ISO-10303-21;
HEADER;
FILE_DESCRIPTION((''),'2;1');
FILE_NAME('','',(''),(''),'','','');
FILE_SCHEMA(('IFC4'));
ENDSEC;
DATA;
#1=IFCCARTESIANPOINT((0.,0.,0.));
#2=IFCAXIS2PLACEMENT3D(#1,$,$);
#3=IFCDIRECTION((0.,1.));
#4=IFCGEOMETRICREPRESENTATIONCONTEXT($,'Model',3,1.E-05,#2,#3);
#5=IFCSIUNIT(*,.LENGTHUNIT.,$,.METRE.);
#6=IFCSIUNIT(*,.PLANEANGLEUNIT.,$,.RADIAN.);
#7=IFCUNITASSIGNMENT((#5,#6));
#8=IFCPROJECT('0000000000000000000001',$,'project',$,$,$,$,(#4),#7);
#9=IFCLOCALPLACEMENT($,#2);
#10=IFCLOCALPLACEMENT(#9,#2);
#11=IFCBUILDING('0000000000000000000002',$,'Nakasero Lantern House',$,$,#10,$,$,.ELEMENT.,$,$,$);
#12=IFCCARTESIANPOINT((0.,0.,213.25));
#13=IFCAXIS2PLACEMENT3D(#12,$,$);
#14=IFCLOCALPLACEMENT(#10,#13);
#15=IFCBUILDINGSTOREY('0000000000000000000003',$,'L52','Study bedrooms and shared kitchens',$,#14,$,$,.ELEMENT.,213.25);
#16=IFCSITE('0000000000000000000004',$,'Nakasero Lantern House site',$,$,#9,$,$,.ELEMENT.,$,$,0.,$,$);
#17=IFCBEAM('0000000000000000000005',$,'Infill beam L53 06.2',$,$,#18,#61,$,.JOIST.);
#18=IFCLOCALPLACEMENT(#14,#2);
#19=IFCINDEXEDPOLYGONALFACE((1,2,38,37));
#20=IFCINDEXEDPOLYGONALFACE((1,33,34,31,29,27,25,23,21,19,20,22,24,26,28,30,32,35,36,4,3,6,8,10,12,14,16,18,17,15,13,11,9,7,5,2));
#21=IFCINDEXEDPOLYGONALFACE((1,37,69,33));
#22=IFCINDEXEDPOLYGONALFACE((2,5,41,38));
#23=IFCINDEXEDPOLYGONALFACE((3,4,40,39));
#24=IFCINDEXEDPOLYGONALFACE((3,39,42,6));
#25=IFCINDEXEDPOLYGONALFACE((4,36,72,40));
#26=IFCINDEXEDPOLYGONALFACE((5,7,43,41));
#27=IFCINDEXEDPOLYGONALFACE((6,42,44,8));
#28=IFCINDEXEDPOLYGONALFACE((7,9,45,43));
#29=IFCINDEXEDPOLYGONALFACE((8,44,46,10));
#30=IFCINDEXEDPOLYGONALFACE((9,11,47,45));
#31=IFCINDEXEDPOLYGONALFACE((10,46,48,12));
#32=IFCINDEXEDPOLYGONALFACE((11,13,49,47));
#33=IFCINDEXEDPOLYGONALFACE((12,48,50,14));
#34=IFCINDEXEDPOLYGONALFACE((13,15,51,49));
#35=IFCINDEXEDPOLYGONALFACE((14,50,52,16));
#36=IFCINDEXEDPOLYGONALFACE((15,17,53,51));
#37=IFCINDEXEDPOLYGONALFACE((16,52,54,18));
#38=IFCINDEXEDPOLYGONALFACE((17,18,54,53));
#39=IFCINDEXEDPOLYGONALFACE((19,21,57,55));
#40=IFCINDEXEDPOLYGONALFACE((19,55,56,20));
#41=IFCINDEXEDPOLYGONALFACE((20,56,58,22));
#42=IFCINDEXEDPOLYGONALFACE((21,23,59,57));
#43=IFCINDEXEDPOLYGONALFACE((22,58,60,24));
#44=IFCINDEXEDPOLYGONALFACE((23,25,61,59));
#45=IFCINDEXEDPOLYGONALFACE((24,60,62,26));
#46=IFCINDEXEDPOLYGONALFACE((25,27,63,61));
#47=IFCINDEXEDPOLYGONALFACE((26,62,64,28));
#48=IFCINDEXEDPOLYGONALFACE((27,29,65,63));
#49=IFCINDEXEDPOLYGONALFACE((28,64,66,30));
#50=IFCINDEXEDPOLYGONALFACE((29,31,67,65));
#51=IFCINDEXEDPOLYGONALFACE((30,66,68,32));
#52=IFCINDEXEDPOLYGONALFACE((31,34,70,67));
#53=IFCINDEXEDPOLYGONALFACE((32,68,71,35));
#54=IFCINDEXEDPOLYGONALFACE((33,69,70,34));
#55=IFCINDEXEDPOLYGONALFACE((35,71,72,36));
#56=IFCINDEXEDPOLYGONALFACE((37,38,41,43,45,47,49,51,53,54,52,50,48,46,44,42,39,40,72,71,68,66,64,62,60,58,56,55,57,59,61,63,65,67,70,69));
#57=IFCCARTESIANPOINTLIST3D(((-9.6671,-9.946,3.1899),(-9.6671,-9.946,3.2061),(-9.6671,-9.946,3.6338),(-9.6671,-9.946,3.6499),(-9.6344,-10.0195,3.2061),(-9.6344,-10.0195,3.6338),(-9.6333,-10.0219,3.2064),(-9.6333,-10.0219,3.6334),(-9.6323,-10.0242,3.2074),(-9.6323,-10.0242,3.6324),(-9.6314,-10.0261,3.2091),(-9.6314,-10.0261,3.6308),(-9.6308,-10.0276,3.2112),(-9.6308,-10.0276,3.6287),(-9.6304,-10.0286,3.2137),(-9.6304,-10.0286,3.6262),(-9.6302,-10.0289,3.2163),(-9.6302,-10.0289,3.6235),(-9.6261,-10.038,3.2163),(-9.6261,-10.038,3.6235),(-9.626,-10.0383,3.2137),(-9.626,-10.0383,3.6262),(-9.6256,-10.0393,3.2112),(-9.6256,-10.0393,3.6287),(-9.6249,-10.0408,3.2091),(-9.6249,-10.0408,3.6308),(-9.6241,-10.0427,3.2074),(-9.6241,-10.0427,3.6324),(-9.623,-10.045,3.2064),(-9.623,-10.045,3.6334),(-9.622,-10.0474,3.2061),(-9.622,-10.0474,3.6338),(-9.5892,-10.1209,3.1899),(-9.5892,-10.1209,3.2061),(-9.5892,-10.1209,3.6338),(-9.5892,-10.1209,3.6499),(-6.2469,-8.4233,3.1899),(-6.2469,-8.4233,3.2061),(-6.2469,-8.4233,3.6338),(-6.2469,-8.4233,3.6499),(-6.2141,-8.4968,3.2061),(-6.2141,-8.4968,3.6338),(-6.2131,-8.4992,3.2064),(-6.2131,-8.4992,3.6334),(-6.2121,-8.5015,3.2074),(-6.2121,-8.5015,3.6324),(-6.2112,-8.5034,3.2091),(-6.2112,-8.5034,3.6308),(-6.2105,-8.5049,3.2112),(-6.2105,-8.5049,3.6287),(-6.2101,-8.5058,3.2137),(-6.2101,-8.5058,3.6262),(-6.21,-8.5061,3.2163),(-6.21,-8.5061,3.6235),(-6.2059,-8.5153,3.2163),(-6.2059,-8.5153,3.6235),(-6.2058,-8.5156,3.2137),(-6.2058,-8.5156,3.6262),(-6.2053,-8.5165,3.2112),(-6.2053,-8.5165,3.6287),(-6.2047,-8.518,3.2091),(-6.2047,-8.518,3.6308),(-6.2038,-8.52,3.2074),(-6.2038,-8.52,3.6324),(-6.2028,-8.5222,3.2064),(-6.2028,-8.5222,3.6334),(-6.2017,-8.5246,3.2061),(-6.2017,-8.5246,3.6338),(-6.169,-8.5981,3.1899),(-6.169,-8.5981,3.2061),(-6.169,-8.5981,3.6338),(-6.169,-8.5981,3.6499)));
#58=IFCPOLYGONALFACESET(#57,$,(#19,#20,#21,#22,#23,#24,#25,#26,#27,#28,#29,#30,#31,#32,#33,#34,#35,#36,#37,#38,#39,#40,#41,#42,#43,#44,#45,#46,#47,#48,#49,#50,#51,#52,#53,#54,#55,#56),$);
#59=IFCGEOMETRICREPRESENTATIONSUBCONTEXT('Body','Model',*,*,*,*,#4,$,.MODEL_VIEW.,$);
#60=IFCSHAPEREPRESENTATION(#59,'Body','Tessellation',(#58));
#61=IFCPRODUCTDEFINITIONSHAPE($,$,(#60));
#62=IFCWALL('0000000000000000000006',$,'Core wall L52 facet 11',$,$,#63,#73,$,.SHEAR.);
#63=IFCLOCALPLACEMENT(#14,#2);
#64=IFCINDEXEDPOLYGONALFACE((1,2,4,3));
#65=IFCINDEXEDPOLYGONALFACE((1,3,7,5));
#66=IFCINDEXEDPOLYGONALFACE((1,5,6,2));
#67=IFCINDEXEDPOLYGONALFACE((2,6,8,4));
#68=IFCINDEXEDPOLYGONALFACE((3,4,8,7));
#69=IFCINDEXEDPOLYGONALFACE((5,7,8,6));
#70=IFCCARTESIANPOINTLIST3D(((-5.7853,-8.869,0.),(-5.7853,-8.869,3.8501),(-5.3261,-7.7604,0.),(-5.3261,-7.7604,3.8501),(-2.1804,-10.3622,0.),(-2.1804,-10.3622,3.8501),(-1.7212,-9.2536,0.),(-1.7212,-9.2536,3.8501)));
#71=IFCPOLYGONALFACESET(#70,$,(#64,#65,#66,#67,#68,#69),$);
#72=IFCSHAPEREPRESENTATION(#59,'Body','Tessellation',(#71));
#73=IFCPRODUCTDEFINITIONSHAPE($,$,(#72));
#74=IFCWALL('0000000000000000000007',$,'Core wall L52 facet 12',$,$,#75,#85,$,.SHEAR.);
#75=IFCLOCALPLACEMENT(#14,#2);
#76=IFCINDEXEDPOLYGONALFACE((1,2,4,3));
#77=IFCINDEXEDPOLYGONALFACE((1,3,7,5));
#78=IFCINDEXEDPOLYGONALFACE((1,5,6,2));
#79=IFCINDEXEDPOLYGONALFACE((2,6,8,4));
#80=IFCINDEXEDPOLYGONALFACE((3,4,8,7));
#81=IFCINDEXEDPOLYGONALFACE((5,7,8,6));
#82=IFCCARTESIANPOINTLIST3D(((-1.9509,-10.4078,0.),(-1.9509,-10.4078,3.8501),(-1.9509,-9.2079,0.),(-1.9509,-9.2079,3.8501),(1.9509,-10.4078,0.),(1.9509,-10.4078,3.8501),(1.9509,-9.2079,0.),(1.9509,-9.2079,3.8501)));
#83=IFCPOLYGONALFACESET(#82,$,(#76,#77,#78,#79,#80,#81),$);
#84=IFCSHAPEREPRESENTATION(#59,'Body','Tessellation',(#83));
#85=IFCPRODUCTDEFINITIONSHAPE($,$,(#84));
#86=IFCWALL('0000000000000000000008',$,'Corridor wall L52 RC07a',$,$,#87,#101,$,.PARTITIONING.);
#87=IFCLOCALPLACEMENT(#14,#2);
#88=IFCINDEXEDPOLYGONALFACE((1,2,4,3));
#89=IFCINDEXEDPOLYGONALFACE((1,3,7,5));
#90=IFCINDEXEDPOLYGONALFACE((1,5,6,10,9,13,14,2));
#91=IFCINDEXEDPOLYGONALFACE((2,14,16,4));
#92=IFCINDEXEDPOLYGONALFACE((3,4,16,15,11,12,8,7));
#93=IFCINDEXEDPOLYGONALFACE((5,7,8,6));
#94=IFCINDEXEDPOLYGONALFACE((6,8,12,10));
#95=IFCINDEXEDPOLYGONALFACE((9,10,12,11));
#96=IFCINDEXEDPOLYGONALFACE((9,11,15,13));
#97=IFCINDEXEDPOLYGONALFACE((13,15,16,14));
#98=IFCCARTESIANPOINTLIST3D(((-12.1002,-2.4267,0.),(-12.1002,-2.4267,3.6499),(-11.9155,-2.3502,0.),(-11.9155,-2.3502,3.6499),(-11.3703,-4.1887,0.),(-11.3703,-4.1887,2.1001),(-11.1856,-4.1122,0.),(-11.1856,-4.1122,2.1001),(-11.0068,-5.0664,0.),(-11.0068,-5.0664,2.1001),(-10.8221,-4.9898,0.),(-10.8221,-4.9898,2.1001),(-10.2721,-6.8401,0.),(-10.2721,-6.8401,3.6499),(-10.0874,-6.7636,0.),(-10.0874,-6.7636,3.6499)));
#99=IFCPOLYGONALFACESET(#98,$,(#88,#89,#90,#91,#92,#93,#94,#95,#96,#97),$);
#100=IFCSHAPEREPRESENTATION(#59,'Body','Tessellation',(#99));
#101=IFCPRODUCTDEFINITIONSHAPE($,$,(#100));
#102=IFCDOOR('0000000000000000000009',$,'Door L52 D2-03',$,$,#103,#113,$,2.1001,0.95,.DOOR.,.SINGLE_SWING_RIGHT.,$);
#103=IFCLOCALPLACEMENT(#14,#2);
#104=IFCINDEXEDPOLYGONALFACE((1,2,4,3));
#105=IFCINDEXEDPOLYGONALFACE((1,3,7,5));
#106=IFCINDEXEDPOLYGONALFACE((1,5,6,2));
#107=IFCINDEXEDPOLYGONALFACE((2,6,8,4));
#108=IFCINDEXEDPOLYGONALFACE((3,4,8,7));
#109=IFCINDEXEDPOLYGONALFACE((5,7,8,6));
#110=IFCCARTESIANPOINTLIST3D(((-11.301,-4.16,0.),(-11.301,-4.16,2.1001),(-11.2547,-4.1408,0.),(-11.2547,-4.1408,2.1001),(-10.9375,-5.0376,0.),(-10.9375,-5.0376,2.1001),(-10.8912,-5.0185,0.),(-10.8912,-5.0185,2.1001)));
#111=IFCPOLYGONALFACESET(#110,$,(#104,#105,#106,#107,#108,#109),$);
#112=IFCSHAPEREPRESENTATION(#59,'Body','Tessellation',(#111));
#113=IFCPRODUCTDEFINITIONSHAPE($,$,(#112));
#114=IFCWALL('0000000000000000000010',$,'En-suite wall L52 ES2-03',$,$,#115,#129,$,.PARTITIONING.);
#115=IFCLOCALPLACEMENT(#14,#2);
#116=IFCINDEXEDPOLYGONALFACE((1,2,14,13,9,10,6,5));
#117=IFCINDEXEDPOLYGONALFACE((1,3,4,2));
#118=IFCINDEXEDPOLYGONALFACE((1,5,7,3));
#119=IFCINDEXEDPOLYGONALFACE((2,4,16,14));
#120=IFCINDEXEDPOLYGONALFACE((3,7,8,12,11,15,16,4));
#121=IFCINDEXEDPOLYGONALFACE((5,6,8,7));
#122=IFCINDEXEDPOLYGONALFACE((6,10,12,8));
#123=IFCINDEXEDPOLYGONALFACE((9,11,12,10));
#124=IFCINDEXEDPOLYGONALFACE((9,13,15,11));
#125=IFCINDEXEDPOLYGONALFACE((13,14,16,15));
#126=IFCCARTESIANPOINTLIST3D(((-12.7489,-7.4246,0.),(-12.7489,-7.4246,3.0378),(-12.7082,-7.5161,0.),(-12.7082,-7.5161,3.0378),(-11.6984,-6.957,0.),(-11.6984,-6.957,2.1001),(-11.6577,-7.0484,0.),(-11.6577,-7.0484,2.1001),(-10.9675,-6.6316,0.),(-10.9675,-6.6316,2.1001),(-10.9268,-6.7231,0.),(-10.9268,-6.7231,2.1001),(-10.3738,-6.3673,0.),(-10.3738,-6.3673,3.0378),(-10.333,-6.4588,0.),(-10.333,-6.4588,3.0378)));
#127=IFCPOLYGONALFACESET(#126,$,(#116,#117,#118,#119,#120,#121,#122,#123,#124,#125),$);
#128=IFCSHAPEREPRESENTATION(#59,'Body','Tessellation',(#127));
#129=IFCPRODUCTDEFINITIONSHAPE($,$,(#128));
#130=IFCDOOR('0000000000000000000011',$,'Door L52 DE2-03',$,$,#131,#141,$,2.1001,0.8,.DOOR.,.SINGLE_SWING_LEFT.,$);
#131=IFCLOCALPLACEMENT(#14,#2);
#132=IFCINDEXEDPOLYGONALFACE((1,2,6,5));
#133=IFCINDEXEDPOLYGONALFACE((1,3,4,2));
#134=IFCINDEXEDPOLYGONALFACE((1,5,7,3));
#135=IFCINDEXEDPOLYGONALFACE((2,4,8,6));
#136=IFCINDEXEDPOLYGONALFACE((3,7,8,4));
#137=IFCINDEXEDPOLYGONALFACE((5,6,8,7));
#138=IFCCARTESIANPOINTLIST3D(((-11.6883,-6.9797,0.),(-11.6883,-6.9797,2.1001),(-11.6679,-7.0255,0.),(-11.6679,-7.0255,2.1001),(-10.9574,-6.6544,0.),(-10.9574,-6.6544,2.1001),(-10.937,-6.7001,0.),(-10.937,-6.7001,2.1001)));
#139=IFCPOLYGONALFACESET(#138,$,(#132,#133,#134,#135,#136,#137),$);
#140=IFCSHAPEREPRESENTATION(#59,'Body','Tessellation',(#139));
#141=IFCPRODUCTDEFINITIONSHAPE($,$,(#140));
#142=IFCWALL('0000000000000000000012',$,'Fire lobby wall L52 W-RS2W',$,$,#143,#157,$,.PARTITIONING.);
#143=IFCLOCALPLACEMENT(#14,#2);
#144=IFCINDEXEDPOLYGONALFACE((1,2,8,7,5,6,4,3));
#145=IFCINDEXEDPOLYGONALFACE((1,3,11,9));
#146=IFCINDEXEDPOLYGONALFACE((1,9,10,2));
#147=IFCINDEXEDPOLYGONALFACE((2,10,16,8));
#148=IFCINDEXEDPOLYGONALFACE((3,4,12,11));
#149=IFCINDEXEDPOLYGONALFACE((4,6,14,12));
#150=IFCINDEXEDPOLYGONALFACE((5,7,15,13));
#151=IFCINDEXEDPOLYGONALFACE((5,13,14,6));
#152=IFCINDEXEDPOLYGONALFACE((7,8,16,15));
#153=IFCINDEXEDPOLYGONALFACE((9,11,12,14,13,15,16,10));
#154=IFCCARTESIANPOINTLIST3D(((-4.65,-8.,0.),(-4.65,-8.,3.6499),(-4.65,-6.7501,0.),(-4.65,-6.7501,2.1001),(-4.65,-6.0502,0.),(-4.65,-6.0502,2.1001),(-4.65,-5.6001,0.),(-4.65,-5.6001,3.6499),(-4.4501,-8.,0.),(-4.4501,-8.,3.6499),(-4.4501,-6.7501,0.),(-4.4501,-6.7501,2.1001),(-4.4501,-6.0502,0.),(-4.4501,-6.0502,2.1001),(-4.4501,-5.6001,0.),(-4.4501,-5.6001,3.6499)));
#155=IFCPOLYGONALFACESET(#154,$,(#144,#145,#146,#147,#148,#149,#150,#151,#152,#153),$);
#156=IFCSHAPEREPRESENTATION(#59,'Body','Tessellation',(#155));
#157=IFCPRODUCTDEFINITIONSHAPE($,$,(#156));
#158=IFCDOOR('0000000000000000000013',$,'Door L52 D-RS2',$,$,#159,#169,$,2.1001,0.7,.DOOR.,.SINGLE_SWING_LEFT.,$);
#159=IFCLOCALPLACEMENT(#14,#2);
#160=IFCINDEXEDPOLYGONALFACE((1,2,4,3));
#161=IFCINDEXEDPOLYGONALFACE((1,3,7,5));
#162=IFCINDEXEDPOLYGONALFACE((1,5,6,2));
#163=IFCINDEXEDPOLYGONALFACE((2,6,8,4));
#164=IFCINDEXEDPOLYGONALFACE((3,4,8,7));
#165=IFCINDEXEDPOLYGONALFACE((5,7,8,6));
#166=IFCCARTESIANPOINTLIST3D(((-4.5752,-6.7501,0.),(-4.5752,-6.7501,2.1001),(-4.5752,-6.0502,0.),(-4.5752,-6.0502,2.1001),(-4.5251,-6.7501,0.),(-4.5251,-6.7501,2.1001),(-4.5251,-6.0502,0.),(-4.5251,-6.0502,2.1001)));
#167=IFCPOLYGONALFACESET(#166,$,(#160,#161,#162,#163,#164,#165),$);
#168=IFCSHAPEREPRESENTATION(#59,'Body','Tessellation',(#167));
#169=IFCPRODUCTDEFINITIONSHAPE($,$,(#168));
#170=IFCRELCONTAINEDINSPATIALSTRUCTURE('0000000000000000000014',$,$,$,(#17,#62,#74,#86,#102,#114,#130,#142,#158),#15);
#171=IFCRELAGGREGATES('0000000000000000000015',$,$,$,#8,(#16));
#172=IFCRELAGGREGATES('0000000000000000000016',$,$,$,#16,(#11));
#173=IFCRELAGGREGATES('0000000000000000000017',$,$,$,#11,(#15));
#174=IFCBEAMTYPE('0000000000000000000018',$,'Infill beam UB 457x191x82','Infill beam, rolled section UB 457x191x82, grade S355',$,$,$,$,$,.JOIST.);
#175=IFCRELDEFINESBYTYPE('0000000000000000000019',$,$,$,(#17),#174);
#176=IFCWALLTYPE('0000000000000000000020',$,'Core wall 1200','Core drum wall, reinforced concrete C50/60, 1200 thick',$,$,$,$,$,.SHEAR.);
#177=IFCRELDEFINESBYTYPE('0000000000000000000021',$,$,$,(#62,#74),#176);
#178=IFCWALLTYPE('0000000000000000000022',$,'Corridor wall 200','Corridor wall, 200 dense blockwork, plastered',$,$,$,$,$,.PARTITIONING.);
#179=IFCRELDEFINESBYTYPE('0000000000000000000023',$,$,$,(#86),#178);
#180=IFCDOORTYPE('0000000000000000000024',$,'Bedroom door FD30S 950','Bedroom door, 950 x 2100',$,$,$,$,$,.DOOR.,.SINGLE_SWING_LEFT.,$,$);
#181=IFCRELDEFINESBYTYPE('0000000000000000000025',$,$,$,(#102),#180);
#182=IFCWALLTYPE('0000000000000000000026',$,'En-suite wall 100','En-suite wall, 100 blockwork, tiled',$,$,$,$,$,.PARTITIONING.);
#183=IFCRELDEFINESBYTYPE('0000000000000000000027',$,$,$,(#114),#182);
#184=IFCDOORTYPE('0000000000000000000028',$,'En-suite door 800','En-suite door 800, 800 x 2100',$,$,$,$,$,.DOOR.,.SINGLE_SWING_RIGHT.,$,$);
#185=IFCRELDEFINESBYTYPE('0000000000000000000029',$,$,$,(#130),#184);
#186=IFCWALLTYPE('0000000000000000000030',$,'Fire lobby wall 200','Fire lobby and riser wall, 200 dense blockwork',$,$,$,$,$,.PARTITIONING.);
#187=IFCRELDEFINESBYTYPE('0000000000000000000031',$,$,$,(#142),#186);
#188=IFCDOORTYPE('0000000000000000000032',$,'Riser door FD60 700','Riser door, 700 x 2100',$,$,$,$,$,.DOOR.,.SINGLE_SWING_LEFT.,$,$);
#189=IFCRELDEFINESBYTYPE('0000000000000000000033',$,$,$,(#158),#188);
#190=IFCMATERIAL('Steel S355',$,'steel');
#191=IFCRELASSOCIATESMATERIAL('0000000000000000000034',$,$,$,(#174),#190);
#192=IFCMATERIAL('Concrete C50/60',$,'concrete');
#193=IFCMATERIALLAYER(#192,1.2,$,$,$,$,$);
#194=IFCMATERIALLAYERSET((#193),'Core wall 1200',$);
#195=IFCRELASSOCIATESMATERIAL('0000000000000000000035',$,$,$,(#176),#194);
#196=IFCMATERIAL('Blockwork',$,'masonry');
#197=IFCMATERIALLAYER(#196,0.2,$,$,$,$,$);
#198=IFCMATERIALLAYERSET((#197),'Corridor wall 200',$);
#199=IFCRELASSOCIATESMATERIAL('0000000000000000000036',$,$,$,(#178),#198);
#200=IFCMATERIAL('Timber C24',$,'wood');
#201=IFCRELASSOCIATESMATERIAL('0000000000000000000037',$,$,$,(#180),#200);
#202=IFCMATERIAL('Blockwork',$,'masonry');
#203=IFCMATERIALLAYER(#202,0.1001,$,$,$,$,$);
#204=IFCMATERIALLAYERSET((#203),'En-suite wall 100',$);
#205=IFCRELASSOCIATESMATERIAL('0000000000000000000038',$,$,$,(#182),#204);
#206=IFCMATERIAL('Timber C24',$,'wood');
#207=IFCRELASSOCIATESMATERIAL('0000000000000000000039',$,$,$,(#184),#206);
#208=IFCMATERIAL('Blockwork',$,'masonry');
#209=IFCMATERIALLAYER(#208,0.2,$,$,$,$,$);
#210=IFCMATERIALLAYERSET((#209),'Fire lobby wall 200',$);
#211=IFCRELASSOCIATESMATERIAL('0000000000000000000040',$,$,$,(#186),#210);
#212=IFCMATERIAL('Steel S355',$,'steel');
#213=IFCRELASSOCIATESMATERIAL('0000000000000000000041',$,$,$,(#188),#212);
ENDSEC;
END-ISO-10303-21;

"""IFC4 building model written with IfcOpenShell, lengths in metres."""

from ifc_helpers import new_model, si_unit, direction, frame, frame_2d, origin, origin_2d, place, context, subcontext, project, spatial, rectangle, i_section, extrude, material, layer, layer_set, material_profile, profile_set, type_object, element, fill, save


model = new_model("IFC4")

# Units and contexts
model_context = context("Model", 3, precision=1e-05, world=origin(), true_north=direction((0.0, 1.0)))
body_context = subcontext(model_context, "Body", "Model", "MODEL_VIEW")
ifc_project = project(units=[si_unit("LENGTHUNIT", "METRE"), si_unit("PLANEANGLEUNIT", "RADIAN")], contexts=[model_context])

# Site, building, storey
site_placement = place(None, origin())
site = spatial("IfcSite", under=ifc_project, at=site_placement, Name="Nakasero Lantern House site", CompositionType="ELEMENT", RefElevation=0.0)
building_placement = place(site_placement, origin())
building = spatial("IfcBuilding", under=site, at=building_placement, Name="Nakasero Lantern House", CompositionType="ELEMENT")
storey_placement = place(building_placement, frame((0.0, 0.0, 213.25)))
storey = spatial("IfcBuildingStorey", under=building, at=storey_placement, Name="L52", Description="Study bedrooms and shared kitchens", CompositionType="ELEMENT", Elevation=213.25)

# Beam
ifc_material_1 = material(Name="Steel S355", Category="steel")
ifc_material_profile = material_profile(ifc_material_1, i_section(OverallWidth=0.1914, OverallDepth=0.46, WebThickness=0.01, FlangeThickness=0.0161, FilletRadius=0.0103, at=origin_2d()), Name="UB 457x191x82")
ifc_profile_set = profile_set([ifc_material_profile], Name="Steel S355")
beam_type = type_object("IfcBeamType", Name="Infill beam UB 457x191x82", Description="Infill beam, rolled section UB 457x191x82, grade S355", PredefinedType="JOIST", material=ifc_profile_set)
beam_placement = place(storey_placement, frame((-9.6282, -10.0334, 3.4199), z_axis=(0.913551, 0.406725, 0.0), x_axis=(-0.406725, 0.913551, 0.0)))
element("IfcBeam", 1, at=beam_placement, inside=storey, type_object=beam_type, Name="Infill beam L53 06.2", PredefinedType="JOIST", context=body_context, shape_type="SweptSolid", body=[
    extrude(i_section(OverallWidth=0.1914, OverallDepth=0.46, WebThickness=0.01, FlangeThickness=0.0161, FilletRadius=0.0103, at=origin_2d()), origin(), (0.0, 0.0, 1.0), 3.7439),
])

# Walls
ifc_material_2 = material(Name="Concrete C50/60", Category="concrete")
ifc_layer_1 = layer(ifc_material_2, 1.2)
ifc_layer_set_1 = layer_set([ifc_layer_1], Name="Core wall 1200")
wall_type_1 = type_object("IfcWallType", Name="Core wall 1200", Description="Core drum wall, reinforced concrete C50/60, 1200 thick", PredefinedType="SHEAR", material=ifc_layer_set_1)
for number, where, z_axis, x_axis, name in (
    (2, (-5.5557, -8.3147, 0.0), (0.0, 0.0, 1.0), (0.923877, -0.382691, 0.0), "Core wall L52 facet 11"),
    (3, (-1.9509, -9.8079, 0.0), (0.0, 0.0, 1.0), (1.0, 0.0, 0.0), "Core wall L52 facet 12"),
):
    element("IfcWall", number, at=place(storey_placement, frame(where, z_axis=z_axis, x_axis=x_axis)), inside=storey, type_object=wall_type_1, Name=name, PredefinedType="SHEAR", context=body_context, shape_type="SweptSolid", body=[
        extrude(rectangle(XDim=3.9019, YDim=1.2, at=frame_2d((1.9509, 0.0))), origin(), (0.0, 0.0, 1.0), 3.8501),
    ])

# Walls, openings, doors
ifc_material_3 = material(Name="Blockwork", Category="masonry")
ifc_layer_2 = layer(ifc_material_3, 0.2)
ifc_layer_set_2 = layer_set([ifc_layer_2], Name="Corridor wall 200")
wall_type_2 = type_object("IfcWallType", Name="Corridor wall 200", Description="Corridor wall, 200 dense blockwork, plastered", PredefinedType="PARTITIONING", material=ifc_layer_set_2)
wall_1_placement = place(storey_placement, frame((-10.1797, -6.802, 0.0), z_axis=(0.0, 0.0, 1.0), x_axis=(-0.382677, 0.923882, 0.0)))
wall_1 = element("IfcWall", 4, at=wall_1_placement, inside=storey, type_object=wall_type_2, Name="Corridor wall L52 RC07a", PredefinedType="PARTITIONING", context=body_context, shape_type="SweptSolid", body=[
    extrude(rectangle(XDim=4.7771, YDim=0.2, at=frame_2d((2.3887, 0.0))), origin(), (0.0, 0.0, 1.0), 3.6499),
])
opening_1_placement = place(wall_1_placement, frame((1.9199, 0.0, 0.0)))
opening_1 = element("IfcOpeningElement", 5, at=opening_1_placement, cuts=wall_1, PredefinedType="OPENING", context=body_context, shape_type="SweptSolid", body=[
    extrude(rectangle(XDim=0.95, YDim=2.1001, at=frame_2d((0.4751, 1.05))), frame((0.0, 0.1199, 0.0), z_axis=(0.0, -1.0, 0.0), x_axis=(1.0, 0.0, 0.0)), (0.0, 0.0, 1.0), 0.24),
])
ifc_material_4 = material(Name="Timber C24", Category="wood")
door_type_1 = type_object("IfcDoorType", Name="Bedroom door FD30S 950", Description="Bedroom door, 950 x 2100", OperationType="SINGLE_SWING_LEFT", PredefinedType="DOOR", material=ifc_material_4)
door_1_placement = place(opening_1_placement, origin())
door_1 = element("IfcDoor", 6, at=door_1_placement, inside=storey, type_object=door_type_1, Name="Door L52 D2-03", OperationType="SINGLE_SWING_RIGHT", OverallHeight=2.1001, OverallWidth=0.95, PredefinedType="DOOR", context=body_context, shape_type="SweptSolid", body=[
    extrude(rectangle(XDim=0.95, YDim=2.1001, at=frame_2d((0.4751, 1.05))), frame((0.0, 0.0249, 0.0), z_axis=(0.0, -1.0, 0.0), x_axis=(1.0, 0.0, 0.0)), (0.0, 0.0, 1.0), 0.05),
])
fill(opening_1, door_1)
ifc_material_5 = material(Name="Blockwork", Category="masonry")
ifc_layer_3 = layer(ifc_material_5, 0.1001)
ifc_layer_set_3 = layer_set([ifc_layer_3], Name="En-suite wall 100")
wall_type_3 = type_object("IfcWallType", Name="En-suite wall 100", Description="En-suite wall, 100 blockwork, tiled", PredefinedType="PARTITIONING", material=ifc_layer_set_3)
wall_2_placement = place(storey_placement, frame((-10.3535, -6.4131, 0.0), z_axis=(0.0, 0.0, 1.0), x_axis=(-0.913567, -0.406687, 0.0)))
wall_2 = element("IfcWall", 7, at=wall_2_placement, inside=storey, type_object=wall_type_3, Name="En-suite wall L52 ES2-03", PredefinedType="PARTITIONING", context=body_context, shape_type="SweptSolid", body=[
    extrude(rectangle(XDim=2.5999, YDim=0.1001, at=frame_2d((1.2998, 0.0))), origin(), (0.0, 0.0, 1.0), 3.0378),
])
opening_2_placement = place(wall_2_placement, frame((0.6499, 0.0, 0.0)))
opening_2 = element("IfcOpeningElement", 8, at=opening_2_placement, cuts=wall_2, PredefinedType="OPENING", context=body_context, shape_type="SweptSolid", body=[
    extrude(rectangle(XDim=0.8, YDim=2.1001, at=frame_2d((0.3999, 1.05))), frame((0.0, 0.0701, 0.0), z_axis=(0.0, -1.0, 0.0), x_axis=(1.0, 0.0, 0.0)), (0.0, 0.0, 1.0), 0.1401),
])
ifc_material_6 = material(Name="Timber C24", Category="wood")
door_type_2 = type_object("IfcDoorType", Name="En-suite door 800", Description="En-suite door 800, 800 x 2100", OperationType="SINGLE_SWING_RIGHT", PredefinedType="DOOR", material=ifc_material_6)
door_2_placement = place(opening_2_placement, origin())
door_2 = element("IfcDoor", 9, at=door_2_placement, inside=storey, type_object=door_type_2, Name="Door L52 DE2-03", OperationType="SINGLE_SWING_LEFT", OverallHeight=2.1001, OverallWidth=0.8, PredefinedType="DOOR", context=body_context, shape_type="SweptSolid", body=[
    extrude(rectangle(XDim=0.8, YDim=2.1001, at=frame_2d((0.3999, 1.05))), frame((0.0, 0.0249, 0.0), z_axis=(0.0, -1.0, 0.0), x_axis=(1.0, 0.0, 0.0)), (0.0, 0.0, 1.0), 0.05),
])
fill(opening_2, door_2)
ifc_material_7 = material(Name="Blockwork", Category="masonry")
ifc_layer_4 = layer(ifc_material_7, 0.2)
ifc_layer_set_4 = layer_set([ifc_layer_4], Name="Fire lobby wall 200")
wall_type_4 = type_object("IfcWallType", Name="Fire lobby wall 200", Description="Fire lobby and riser wall, 200 dense blockwork", PredefinedType="PARTITIONING", material=ifc_layer_set_4)
wall_3_placement = place(storey_placement, frame((-4.55, -5.6001, 0.0), z_axis=(0.0, 0.0, 1.0), x_axis=(0.0, -1.0, 0.0)))
wall_3 = element("IfcWall", 10, at=wall_3_placement, inside=storey, type_object=wall_type_4, Name="Fire lobby wall L52 W-RS2W", PredefinedType="PARTITIONING", context=body_context, shape_type="SweptSolid", body=[
    extrude(rectangle(XDim=2.3999, YDim=0.2, at=frame_2d((1.2, 0.0))), origin(), (0.0, 0.0, 1.0), 3.6499),
])
opening_3_placement = place(wall_3_placement, frame((0.45, 0.0, 0.0)))
opening_3 = element("IfcOpeningElement", 11, at=opening_3_placement, cuts=wall_3, PredefinedType="OPENING", context=body_context, shape_type="SweptSolid", body=[
    extrude(rectangle(XDim=0.7, YDim=2.1001, at=frame_2d((0.3501, 1.05))), frame((0.0, 0.1199, 0.0), z_axis=(0.0, -1.0, 0.0), x_axis=(1.0, 0.0, 0.0)), (0.0, 0.0, 1.0), 0.24),
])
ifc_material_8 = material(Name="Steel S355", Category="steel")
door_type_3 = type_object("IfcDoorType", Name="Riser door FD60 700", Description="Riser door, 700 x 2100", OperationType="SINGLE_SWING_LEFT", PredefinedType="DOOR", material=ifc_material_8)
door_3_placement = place(opening_3_placement, origin())
door_3 = element("IfcDoor", 12, at=door_3_placement, inside=storey, type_object=door_type_3, Name="Door L52 D-RS2", OperationType="SINGLE_SWING_LEFT", OverallHeight=2.1001, OverallWidth=0.7, PredefinedType="DOOR", context=body_context, shape_type="SweptSolid", body=[
    extrude(rectangle(XDim=0.7, YDim=2.1001, at=frame_2d((0.3501, 1.05))), frame((0.0, 0.0249, 0.0), z_axis=(0.0, -1.0, 0.0), x_axis=(1.0, 0.0, 0.0)), (0.0, 0.0, 1.0), 0.05),
])
fill(opening_3, door_3)

save(model, "model.ifc")
